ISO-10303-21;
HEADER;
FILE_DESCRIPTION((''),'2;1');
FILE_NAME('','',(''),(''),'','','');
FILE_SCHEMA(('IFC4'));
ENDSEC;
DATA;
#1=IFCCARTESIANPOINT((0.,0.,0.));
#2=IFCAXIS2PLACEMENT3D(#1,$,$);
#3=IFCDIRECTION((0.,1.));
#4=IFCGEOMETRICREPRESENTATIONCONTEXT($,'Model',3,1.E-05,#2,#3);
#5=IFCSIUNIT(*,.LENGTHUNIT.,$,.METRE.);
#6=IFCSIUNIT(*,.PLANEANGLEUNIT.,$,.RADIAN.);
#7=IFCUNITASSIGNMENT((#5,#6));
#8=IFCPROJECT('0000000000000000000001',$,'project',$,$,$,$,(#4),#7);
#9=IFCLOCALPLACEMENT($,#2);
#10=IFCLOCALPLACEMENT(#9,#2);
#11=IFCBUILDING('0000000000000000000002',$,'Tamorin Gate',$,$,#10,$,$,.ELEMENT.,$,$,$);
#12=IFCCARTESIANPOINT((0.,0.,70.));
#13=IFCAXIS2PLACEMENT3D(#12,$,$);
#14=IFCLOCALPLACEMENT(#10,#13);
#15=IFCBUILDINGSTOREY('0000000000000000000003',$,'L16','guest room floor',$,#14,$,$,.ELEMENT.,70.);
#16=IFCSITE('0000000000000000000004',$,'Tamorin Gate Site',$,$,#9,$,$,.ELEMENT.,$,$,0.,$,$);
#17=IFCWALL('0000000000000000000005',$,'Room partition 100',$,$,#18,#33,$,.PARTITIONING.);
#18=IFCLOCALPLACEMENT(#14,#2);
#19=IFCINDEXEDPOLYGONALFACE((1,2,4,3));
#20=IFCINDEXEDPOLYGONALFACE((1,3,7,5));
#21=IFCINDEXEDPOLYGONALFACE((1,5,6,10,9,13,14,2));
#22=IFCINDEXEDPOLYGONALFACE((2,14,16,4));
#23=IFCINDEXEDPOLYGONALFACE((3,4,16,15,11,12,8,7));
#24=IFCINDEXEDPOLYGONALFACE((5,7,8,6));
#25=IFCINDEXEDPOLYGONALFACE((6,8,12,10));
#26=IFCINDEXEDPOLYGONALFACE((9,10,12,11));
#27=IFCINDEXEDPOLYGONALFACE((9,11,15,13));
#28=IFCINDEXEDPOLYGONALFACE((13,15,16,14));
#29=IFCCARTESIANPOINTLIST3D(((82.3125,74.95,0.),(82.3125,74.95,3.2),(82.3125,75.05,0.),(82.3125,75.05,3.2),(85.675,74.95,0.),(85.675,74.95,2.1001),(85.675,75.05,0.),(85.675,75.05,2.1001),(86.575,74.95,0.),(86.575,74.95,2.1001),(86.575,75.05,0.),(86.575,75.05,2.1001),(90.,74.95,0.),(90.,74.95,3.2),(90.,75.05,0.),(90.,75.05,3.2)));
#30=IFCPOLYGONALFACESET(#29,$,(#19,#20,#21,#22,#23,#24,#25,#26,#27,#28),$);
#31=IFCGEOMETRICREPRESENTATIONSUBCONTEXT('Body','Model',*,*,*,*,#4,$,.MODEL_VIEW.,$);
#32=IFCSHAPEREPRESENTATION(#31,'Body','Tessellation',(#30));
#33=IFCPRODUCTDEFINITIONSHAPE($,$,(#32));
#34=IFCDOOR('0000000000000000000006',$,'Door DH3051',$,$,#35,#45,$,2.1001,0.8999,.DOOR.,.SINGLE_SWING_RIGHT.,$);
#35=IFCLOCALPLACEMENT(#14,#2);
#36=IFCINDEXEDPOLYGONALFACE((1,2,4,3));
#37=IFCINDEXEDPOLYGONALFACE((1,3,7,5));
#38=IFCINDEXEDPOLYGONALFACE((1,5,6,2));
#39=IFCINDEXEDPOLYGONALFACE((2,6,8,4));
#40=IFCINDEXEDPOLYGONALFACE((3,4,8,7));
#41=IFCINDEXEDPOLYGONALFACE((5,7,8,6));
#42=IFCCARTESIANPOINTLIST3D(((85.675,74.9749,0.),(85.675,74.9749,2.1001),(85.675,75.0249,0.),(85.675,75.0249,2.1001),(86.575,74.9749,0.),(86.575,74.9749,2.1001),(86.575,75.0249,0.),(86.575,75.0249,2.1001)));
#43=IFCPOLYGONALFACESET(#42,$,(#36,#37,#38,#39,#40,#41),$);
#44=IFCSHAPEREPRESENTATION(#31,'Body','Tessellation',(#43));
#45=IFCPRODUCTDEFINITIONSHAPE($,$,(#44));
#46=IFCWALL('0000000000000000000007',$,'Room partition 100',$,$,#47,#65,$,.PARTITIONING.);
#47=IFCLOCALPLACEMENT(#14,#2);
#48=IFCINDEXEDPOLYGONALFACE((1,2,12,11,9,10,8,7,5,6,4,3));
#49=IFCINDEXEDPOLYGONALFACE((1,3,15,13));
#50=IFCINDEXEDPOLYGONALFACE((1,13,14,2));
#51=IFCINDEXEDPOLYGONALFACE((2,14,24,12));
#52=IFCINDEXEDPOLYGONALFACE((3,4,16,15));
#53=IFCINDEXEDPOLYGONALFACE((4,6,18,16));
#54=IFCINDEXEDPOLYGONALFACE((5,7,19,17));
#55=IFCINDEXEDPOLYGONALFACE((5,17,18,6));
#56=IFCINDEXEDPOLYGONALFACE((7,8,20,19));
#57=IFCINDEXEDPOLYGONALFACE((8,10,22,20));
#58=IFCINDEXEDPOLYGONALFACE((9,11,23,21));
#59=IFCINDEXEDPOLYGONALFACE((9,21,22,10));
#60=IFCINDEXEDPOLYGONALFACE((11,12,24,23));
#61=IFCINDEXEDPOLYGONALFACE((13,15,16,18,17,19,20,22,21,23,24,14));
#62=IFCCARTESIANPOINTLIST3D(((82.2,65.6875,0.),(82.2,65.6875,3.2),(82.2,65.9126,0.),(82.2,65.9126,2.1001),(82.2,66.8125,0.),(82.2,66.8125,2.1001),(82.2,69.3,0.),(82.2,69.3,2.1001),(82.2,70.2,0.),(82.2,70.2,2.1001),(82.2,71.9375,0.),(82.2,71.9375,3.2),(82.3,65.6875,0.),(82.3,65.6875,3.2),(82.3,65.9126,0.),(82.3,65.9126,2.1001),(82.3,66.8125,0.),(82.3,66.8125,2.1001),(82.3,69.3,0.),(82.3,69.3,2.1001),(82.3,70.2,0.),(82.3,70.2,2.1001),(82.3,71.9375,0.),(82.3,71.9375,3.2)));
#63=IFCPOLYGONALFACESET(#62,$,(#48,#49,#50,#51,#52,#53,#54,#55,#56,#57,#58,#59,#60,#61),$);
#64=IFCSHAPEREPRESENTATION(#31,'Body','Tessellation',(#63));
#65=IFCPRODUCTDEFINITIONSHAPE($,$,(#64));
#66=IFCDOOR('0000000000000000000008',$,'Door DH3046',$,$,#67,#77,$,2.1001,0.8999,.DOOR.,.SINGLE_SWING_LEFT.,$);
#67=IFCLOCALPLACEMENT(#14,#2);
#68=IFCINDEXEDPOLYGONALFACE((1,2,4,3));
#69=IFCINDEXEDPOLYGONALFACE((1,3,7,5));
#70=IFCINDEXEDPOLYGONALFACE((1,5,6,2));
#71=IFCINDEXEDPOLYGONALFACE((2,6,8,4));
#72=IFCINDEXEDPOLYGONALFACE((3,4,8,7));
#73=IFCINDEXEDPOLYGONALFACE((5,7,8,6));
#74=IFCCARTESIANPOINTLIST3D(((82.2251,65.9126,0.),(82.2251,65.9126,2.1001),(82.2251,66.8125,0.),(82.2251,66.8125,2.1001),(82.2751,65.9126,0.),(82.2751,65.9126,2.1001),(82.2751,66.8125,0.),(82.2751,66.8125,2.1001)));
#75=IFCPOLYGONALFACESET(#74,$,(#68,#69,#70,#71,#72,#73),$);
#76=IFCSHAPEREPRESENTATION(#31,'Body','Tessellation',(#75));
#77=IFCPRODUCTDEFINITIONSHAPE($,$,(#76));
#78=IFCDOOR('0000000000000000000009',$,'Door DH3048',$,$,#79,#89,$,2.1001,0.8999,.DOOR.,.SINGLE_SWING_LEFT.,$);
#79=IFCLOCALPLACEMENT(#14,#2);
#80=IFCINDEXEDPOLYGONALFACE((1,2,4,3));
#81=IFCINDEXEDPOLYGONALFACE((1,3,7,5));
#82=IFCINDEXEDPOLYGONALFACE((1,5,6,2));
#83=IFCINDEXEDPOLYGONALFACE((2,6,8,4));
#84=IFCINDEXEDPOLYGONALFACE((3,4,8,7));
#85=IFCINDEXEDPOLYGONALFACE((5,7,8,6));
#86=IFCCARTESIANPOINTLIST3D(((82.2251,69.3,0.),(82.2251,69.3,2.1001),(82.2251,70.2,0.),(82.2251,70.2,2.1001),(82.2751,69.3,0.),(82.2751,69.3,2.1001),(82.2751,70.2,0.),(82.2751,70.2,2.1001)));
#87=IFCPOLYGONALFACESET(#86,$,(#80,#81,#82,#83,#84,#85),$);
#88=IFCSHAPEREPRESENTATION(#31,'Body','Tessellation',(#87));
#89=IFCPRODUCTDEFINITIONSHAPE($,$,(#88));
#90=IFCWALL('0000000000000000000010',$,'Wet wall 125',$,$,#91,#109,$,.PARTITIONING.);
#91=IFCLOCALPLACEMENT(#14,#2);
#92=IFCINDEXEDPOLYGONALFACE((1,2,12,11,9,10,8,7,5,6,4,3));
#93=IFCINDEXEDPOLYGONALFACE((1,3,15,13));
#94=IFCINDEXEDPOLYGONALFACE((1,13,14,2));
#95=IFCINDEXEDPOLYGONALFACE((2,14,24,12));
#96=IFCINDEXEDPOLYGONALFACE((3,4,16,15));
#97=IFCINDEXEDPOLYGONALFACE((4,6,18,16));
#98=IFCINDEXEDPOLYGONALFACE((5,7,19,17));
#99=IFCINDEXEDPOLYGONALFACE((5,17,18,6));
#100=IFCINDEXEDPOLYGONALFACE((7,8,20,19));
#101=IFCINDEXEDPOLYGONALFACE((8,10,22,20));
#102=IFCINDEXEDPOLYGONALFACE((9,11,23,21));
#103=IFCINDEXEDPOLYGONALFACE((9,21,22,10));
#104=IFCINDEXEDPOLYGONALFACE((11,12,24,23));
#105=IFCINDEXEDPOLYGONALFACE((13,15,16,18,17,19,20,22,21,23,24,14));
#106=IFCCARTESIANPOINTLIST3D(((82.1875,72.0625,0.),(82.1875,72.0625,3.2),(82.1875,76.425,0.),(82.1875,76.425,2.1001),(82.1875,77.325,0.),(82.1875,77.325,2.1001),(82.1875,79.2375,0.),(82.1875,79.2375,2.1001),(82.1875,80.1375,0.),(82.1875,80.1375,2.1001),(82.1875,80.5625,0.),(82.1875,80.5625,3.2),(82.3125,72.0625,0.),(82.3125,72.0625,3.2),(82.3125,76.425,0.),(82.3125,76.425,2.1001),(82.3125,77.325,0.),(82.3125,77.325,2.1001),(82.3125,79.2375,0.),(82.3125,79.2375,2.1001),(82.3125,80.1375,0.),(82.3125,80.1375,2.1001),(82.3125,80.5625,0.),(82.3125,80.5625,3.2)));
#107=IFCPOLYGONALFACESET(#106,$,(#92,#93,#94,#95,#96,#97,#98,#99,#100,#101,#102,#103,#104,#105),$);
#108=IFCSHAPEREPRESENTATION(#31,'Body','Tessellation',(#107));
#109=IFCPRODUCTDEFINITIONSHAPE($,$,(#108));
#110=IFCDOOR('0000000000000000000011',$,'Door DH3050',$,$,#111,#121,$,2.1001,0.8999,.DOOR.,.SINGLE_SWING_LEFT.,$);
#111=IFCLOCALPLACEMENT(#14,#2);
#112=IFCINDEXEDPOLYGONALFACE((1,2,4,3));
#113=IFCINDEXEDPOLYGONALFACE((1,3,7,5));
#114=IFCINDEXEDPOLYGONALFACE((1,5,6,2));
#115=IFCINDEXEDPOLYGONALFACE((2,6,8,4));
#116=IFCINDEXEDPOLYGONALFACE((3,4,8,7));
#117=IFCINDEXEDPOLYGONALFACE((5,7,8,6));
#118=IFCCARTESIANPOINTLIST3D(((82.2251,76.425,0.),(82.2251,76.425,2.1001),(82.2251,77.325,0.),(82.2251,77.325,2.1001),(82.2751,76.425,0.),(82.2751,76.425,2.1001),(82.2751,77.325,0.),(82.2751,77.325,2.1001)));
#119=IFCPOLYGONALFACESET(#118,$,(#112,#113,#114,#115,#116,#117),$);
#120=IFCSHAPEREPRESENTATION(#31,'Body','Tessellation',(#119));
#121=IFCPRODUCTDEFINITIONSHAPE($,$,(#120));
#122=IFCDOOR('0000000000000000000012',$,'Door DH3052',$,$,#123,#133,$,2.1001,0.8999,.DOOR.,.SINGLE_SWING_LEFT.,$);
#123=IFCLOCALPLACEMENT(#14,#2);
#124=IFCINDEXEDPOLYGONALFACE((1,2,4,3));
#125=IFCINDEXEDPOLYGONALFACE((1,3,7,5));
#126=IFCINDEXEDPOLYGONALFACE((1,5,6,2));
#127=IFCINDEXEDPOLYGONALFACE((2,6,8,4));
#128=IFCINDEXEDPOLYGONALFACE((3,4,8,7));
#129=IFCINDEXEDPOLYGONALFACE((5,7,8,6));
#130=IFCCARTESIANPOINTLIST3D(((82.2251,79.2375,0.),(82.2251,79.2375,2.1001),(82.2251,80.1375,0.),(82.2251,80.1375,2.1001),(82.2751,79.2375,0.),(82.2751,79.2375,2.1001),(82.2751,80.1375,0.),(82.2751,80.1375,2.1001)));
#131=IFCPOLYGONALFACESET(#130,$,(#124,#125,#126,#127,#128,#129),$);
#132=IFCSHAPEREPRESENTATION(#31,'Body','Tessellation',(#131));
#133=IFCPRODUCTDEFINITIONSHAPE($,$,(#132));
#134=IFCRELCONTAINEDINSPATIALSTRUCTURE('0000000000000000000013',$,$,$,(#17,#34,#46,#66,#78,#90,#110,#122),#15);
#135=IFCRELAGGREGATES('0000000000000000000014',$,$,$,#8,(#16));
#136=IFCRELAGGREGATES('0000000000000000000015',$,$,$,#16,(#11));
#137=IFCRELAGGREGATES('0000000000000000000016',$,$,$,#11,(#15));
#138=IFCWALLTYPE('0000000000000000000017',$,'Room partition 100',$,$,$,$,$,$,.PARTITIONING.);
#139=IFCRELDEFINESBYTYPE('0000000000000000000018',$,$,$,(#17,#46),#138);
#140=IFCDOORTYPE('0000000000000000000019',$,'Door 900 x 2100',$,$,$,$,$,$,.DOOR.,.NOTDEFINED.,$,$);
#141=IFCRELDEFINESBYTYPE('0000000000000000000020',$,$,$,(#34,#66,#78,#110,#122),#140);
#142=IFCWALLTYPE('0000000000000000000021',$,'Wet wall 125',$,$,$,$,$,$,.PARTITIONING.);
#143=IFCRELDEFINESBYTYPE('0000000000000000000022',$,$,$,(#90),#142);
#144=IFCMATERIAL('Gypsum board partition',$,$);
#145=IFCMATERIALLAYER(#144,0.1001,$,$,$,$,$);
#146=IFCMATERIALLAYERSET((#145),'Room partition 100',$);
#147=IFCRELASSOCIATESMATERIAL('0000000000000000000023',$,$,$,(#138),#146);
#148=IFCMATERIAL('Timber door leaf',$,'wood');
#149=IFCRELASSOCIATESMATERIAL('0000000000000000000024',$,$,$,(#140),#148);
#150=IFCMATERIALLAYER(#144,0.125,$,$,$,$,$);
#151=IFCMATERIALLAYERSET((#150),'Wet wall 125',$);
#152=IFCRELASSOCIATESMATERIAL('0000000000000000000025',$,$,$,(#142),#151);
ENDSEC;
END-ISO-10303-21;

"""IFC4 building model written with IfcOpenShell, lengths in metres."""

from ifc_helpers import new_model, si_unit, direction, frame, frame_2d, origin, place, context, subcontext, project, spatial, rectangle, extrude, material, layer, layer_set, type_object, element, fill, save


model = new_model("IFC4")

# Units and contexts
model_context = context("Model", 3, precision=1e-05, world=origin(), true_north=direction((0.0, 1.0)))
body_context = subcontext(model_context, "Body", "Model", "MODEL_VIEW")
ifc_project = project(units=[si_unit("LENGTHUNIT", "METRE"), si_unit("PLANEANGLEUNIT", "RADIAN")], contexts=[model_context])

# Site, building, storey
site_placement = place(None, origin())
site = spatial("IfcSite", under=ifc_project, at=site_placement, Name="Tamorin Gate Site", CompositionType="ELEMENT", RefElevation=0.0)
building_placement = place(site_placement, origin())
building = spatial("IfcBuilding", under=site, at=building_placement, Name="Tamorin Gate", CompositionType="ELEMENT")
storey_placement = place(building_placement, frame((0.0, 0.0, 70.0)))
storey = spatial("IfcBuildingStorey", under=building, at=storey_placement, Name="L16", Description="guest room floor", CompositionType="ELEMENT", Elevation=70.0)

# Wall, opening, door
ifc_material_1 = material(Name="Gypsum board partition")
ifc_layer_1 = layer(ifc_material_1, 0.1001)
ifc_layer_set_1 = layer_set([ifc_layer_1], Name="Room partition 100")
wall_type_1 = type_object("IfcWallType", Name="Room partition 100", PredefinedType="PARTITIONING", material=ifc_layer_set_1)
wall_1_placement = place(storey_placement, frame((82.3125, 75.0, 0.0), z_axis=(0.0, 0.0, 1.0), x_axis=(1.0, 0.0, 0.0)))
wall_1 = element("IfcWall", 1, at=wall_1_placement, inside=storey, type_object=wall_type_1, Name="Room partition 100", PredefinedType="PARTITIONING", context=body_context, shape_type="SweptSolid", body=[
    extrude(rectangle(XDim=7.6875, YDim=0.1001, at=frame_2d((3.8438, 0.0))), origin(), (0.0, 0.0, 1.0), 3.2),
])
opening_1_placement = place(wall_1_placement, frame((3.3625, 0.0, 0.0)))
opening_1 = element("IfcOpeningElement", 2, at=opening_1_placement, cuts=wall_1, PredefinedType="OPENING", context=body_context, shape_type="SweptSolid", body=[
    extrude(rectangle(XDim=0.8999, YDim=2.1001, at=frame_2d((0.45, 1.05))), frame((0.0, 0.0601, 0.0), z_axis=(0.0, -1.0, 0.0), x_axis=(1.0, 0.0, 0.0)), (0.0, 0.0, 1.0), 0.1201),
])
ifc_material_2 = material(Name="Timber door leaf", Category="wood")
door_type = type_object("IfcDoorType", Name="Door 900 x 2100", OperationType="NOTDEFINED", PredefinedType="DOOR", material=ifc_material_2)
door_1_placement = place(opening_1_placement, origin())
door_1 = element("IfcDoor", 3, at=door_1_placement, inside=storey, type_object=door_type, Name="Door DH3051", OperationType="SINGLE_SWING_RIGHT", OverallHeight=2.1001, OverallWidth=0.8999, PredefinedType="DOOR", context=body_context, shape_type="SweptSolid", body=[
    extrude(rectangle(XDim=0.8999, YDim=2.1001, at=frame_2d((0.45, 1.05))), frame((0.0, 0.0249, 0.0), z_axis=(0.0, -1.0, 0.0), x_axis=(1.0, 0.0, 0.0)), (0.0, 0.0, 1.0), 0.05),
])
fill(opening_1, door_1)

# Walls, openings, doors
wall_2_placement = place(storey_placement, frame((82.25, 65.6875, 0.0), z_axis=(0.0, 0.0, 1.0), x_axis=(0.0, 1.0, 0.0)))
wall_2 = element("IfcWall", 4, at=wall_2_placement, inside=storey, type_object=wall_type_1, Name="Room partition 100", PredefinedType="PARTITIONING", context=body_context, shape_type="SweptSolid", body=[
    extrude(rectangle(XDim=6.25, YDim=0.1001, at=frame_2d((3.125, 0.0))), origin(), (0.0, 0.0, 1.0), 3.2),
])
opening_2_placement = place(wall_2_placement, frame((0.2251, 0.0, 0.0)))
opening_2 = element("IfcOpeningElement", 5, at=opening_2_placement, cuts=wall_2, PredefinedType="OPENING", context=body_context, shape_type="SweptSolid", body=[
    extrude(rectangle(XDim=0.8999, YDim=2.1001, at=frame_2d((0.45, 1.05))), frame((0.0, 0.0601, 0.0), z_axis=(0.0, -1.0, 0.0), x_axis=(1.0, 0.0, 0.0)), (0.0, 0.0, 1.0), 0.1201),
])
opening_3_placement = place(wall_2_placement, frame((3.6125, 0.0, 0.0)))
opening_3 = element("IfcOpeningElement", 6, at=opening_3_placement, cuts=wall_2, PredefinedType="OPENING", context=body_context, shape_type="SweptSolid", body=[
    extrude(rectangle(XDim=0.8999, YDim=2.1001, at=frame_2d((0.45, 1.05))), frame((0.0, 0.0601, 0.0), z_axis=(0.0, -1.0, 0.0), x_axis=(1.0, 0.0, 0.0)), (0.0, 0.0, 1.0), 0.1201),
])
door_2_placement = place(opening_2_placement, origin())
door_2 = element("IfcDoor", 7, at=door_2_placement, inside=storey, type_object=door_type, Name="Door DH3046", OperationType="SINGLE_SWING_LEFT", OverallHeight=2.1001, OverallWidth=0.8999, PredefinedType="DOOR", context=body_context, shape_type="SweptSolid", body=[
    extrude(rectangle(XDim=0.8999, YDim=2.1001, at=frame_2d((0.45, 1.05))), frame((0.0, 0.0249, 0.0), z_axis=(0.0, -1.0, 0.0), x_axis=(1.0, 0.0, 0.0)), (0.0, 0.0, 1.0), 0.05),
])
fill(opening_2, door_2)
door_3_placement = place(opening_3_placement, origin())
door_3 = element("IfcDoor", 8, at=door_3_placement, inside=storey, type_object=door_type, Name="Door DH3048", OperationType="SINGLE_SWING_LEFT", OverallHeight=2.1001, OverallWidth=0.8999, PredefinedType="DOOR", context=body_context, shape_type="SweptSolid", body=[
    extrude(rectangle(XDim=0.8999, YDim=2.1001, at=frame_2d((0.45, 1.05))), frame((0.0, 0.0249, 0.0), z_axis=(0.0, -1.0, 0.0), x_axis=(1.0, 0.0, 0.0)), (0.0, 0.0, 1.0), 0.05),
])
fill(opening_3, door_3)
ifc_layer_2 = layer(ifc_material_1, 0.125)
ifc_layer_set_2 = layer_set([ifc_layer_2], Name="Wet wall 125")
wall_type_2 = type_object("IfcWallType", Name="Wet wall 125", PredefinedType="PARTITIONING", material=ifc_layer_set_2)
wall_3_placement = place(storey_placement, frame((82.25, 72.0625, 0.0), z_axis=(0.0, 0.0, 1.0), x_axis=(0.0, 1.0, 0.0)))
wall_3 = element("IfcWall", 9, at=wall_3_placement, inside=storey, type_object=wall_type_2, Name="Wet wall 125", PredefinedType="PARTITIONING", context=body_context, shape_type="SweptSolid", body=[
    extrude(rectangle(XDim=8.5, YDim=0.125, at=frame_2d((4.25, 0.0))), origin(), (0.0, 0.0, 1.0), 3.2),
])
opening_4_placement = place(wall_3_placement, frame((4.3625, 0.0, 0.0)))
opening_4 = element("IfcOpeningElement", 10, at=opening_4_placement, cuts=wall_3, PredefinedType="OPENING", context=body_context, shape_type="SweptSolid", body=[
    extrude(rectangle(XDim=0.8999, YDim=2.1001, at=frame_2d((0.45, 1.05))), frame((0.0, 0.0725, 0.0), z_axis=(0.0, -1.0, 0.0), x_axis=(1.0, 0.0, 0.0)), (0.0, 0.0, 1.0), 0.145),
])
opening_5_placement = place(wall_3_placement, frame((7.175, 0.0, 0.0)))
opening_5 = element("IfcOpeningElement", 11, at=opening_5_placement, cuts=wall_3, PredefinedType="OPENING", context=body_context, shape_type="SweptSolid", body=[
    extrude(rectangle(XDim=0.8999, YDim=2.1001, at=frame_2d((0.45, 1.05))), frame((0.0, 0.0725, 0.0), z_axis=(0.0, -1.0, 0.0), x_axis=(1.0, 0.0, 0.0)), (0.0, 0.0, 1.0), 0.145),
])
door_4_placement = place(opening_4_placement, origin())
door_4 = element("IfcDoor", 12, at=door_4_placement, inside=storey, type_object=door_type, Name="Door DH3050", OperationType="SINGLE_SWING_LEFT", OverallHeight=2.1001, OverallWidth=0.8999, PredefinedType="DOOR", context=body_context, shape_type="SweptSolid", body=[
    extrude(rectangle(XDim=0.8999, YDim=2.1001, at=frame_2d((0.45, 1.05))), frame((0.0, 0.0249, 0.0), z_axis=(0.0, -1.0, 0.0), x_axis=(1.0, 0.0, 0.0)), (0.0, 0.0, 1.0), 0.05),
])
fill(opening_4, door_4)
door_5_placement = place(opening_5_placement, origin())
door_5 = element("IfcDoor", 13, at=door_5_placement, inside=storey, type_object=door_type, Name="Door DH3052", OperationType="SINGLE_SWING_LEFT", OverallHeight=2.1001, OverallWidth=0.8999, PredefinedType="DOOR", context=body_context, shape_type="SweptSolid", body=[
    extrude(rectangle(XDim=0.8999, YDim=2.1001, at=frame_2d((0.45, 1.05))), frame((0.0, 0.0249, 0.0), z_axis=(0.0, -1.0, 0.0), x_axis=(1.0, 0.0, 0.0)), (0.0, 0.0, 1.0), 0.05),
])
fill(opening_5, door_5)

save(model, "model.ifc")
